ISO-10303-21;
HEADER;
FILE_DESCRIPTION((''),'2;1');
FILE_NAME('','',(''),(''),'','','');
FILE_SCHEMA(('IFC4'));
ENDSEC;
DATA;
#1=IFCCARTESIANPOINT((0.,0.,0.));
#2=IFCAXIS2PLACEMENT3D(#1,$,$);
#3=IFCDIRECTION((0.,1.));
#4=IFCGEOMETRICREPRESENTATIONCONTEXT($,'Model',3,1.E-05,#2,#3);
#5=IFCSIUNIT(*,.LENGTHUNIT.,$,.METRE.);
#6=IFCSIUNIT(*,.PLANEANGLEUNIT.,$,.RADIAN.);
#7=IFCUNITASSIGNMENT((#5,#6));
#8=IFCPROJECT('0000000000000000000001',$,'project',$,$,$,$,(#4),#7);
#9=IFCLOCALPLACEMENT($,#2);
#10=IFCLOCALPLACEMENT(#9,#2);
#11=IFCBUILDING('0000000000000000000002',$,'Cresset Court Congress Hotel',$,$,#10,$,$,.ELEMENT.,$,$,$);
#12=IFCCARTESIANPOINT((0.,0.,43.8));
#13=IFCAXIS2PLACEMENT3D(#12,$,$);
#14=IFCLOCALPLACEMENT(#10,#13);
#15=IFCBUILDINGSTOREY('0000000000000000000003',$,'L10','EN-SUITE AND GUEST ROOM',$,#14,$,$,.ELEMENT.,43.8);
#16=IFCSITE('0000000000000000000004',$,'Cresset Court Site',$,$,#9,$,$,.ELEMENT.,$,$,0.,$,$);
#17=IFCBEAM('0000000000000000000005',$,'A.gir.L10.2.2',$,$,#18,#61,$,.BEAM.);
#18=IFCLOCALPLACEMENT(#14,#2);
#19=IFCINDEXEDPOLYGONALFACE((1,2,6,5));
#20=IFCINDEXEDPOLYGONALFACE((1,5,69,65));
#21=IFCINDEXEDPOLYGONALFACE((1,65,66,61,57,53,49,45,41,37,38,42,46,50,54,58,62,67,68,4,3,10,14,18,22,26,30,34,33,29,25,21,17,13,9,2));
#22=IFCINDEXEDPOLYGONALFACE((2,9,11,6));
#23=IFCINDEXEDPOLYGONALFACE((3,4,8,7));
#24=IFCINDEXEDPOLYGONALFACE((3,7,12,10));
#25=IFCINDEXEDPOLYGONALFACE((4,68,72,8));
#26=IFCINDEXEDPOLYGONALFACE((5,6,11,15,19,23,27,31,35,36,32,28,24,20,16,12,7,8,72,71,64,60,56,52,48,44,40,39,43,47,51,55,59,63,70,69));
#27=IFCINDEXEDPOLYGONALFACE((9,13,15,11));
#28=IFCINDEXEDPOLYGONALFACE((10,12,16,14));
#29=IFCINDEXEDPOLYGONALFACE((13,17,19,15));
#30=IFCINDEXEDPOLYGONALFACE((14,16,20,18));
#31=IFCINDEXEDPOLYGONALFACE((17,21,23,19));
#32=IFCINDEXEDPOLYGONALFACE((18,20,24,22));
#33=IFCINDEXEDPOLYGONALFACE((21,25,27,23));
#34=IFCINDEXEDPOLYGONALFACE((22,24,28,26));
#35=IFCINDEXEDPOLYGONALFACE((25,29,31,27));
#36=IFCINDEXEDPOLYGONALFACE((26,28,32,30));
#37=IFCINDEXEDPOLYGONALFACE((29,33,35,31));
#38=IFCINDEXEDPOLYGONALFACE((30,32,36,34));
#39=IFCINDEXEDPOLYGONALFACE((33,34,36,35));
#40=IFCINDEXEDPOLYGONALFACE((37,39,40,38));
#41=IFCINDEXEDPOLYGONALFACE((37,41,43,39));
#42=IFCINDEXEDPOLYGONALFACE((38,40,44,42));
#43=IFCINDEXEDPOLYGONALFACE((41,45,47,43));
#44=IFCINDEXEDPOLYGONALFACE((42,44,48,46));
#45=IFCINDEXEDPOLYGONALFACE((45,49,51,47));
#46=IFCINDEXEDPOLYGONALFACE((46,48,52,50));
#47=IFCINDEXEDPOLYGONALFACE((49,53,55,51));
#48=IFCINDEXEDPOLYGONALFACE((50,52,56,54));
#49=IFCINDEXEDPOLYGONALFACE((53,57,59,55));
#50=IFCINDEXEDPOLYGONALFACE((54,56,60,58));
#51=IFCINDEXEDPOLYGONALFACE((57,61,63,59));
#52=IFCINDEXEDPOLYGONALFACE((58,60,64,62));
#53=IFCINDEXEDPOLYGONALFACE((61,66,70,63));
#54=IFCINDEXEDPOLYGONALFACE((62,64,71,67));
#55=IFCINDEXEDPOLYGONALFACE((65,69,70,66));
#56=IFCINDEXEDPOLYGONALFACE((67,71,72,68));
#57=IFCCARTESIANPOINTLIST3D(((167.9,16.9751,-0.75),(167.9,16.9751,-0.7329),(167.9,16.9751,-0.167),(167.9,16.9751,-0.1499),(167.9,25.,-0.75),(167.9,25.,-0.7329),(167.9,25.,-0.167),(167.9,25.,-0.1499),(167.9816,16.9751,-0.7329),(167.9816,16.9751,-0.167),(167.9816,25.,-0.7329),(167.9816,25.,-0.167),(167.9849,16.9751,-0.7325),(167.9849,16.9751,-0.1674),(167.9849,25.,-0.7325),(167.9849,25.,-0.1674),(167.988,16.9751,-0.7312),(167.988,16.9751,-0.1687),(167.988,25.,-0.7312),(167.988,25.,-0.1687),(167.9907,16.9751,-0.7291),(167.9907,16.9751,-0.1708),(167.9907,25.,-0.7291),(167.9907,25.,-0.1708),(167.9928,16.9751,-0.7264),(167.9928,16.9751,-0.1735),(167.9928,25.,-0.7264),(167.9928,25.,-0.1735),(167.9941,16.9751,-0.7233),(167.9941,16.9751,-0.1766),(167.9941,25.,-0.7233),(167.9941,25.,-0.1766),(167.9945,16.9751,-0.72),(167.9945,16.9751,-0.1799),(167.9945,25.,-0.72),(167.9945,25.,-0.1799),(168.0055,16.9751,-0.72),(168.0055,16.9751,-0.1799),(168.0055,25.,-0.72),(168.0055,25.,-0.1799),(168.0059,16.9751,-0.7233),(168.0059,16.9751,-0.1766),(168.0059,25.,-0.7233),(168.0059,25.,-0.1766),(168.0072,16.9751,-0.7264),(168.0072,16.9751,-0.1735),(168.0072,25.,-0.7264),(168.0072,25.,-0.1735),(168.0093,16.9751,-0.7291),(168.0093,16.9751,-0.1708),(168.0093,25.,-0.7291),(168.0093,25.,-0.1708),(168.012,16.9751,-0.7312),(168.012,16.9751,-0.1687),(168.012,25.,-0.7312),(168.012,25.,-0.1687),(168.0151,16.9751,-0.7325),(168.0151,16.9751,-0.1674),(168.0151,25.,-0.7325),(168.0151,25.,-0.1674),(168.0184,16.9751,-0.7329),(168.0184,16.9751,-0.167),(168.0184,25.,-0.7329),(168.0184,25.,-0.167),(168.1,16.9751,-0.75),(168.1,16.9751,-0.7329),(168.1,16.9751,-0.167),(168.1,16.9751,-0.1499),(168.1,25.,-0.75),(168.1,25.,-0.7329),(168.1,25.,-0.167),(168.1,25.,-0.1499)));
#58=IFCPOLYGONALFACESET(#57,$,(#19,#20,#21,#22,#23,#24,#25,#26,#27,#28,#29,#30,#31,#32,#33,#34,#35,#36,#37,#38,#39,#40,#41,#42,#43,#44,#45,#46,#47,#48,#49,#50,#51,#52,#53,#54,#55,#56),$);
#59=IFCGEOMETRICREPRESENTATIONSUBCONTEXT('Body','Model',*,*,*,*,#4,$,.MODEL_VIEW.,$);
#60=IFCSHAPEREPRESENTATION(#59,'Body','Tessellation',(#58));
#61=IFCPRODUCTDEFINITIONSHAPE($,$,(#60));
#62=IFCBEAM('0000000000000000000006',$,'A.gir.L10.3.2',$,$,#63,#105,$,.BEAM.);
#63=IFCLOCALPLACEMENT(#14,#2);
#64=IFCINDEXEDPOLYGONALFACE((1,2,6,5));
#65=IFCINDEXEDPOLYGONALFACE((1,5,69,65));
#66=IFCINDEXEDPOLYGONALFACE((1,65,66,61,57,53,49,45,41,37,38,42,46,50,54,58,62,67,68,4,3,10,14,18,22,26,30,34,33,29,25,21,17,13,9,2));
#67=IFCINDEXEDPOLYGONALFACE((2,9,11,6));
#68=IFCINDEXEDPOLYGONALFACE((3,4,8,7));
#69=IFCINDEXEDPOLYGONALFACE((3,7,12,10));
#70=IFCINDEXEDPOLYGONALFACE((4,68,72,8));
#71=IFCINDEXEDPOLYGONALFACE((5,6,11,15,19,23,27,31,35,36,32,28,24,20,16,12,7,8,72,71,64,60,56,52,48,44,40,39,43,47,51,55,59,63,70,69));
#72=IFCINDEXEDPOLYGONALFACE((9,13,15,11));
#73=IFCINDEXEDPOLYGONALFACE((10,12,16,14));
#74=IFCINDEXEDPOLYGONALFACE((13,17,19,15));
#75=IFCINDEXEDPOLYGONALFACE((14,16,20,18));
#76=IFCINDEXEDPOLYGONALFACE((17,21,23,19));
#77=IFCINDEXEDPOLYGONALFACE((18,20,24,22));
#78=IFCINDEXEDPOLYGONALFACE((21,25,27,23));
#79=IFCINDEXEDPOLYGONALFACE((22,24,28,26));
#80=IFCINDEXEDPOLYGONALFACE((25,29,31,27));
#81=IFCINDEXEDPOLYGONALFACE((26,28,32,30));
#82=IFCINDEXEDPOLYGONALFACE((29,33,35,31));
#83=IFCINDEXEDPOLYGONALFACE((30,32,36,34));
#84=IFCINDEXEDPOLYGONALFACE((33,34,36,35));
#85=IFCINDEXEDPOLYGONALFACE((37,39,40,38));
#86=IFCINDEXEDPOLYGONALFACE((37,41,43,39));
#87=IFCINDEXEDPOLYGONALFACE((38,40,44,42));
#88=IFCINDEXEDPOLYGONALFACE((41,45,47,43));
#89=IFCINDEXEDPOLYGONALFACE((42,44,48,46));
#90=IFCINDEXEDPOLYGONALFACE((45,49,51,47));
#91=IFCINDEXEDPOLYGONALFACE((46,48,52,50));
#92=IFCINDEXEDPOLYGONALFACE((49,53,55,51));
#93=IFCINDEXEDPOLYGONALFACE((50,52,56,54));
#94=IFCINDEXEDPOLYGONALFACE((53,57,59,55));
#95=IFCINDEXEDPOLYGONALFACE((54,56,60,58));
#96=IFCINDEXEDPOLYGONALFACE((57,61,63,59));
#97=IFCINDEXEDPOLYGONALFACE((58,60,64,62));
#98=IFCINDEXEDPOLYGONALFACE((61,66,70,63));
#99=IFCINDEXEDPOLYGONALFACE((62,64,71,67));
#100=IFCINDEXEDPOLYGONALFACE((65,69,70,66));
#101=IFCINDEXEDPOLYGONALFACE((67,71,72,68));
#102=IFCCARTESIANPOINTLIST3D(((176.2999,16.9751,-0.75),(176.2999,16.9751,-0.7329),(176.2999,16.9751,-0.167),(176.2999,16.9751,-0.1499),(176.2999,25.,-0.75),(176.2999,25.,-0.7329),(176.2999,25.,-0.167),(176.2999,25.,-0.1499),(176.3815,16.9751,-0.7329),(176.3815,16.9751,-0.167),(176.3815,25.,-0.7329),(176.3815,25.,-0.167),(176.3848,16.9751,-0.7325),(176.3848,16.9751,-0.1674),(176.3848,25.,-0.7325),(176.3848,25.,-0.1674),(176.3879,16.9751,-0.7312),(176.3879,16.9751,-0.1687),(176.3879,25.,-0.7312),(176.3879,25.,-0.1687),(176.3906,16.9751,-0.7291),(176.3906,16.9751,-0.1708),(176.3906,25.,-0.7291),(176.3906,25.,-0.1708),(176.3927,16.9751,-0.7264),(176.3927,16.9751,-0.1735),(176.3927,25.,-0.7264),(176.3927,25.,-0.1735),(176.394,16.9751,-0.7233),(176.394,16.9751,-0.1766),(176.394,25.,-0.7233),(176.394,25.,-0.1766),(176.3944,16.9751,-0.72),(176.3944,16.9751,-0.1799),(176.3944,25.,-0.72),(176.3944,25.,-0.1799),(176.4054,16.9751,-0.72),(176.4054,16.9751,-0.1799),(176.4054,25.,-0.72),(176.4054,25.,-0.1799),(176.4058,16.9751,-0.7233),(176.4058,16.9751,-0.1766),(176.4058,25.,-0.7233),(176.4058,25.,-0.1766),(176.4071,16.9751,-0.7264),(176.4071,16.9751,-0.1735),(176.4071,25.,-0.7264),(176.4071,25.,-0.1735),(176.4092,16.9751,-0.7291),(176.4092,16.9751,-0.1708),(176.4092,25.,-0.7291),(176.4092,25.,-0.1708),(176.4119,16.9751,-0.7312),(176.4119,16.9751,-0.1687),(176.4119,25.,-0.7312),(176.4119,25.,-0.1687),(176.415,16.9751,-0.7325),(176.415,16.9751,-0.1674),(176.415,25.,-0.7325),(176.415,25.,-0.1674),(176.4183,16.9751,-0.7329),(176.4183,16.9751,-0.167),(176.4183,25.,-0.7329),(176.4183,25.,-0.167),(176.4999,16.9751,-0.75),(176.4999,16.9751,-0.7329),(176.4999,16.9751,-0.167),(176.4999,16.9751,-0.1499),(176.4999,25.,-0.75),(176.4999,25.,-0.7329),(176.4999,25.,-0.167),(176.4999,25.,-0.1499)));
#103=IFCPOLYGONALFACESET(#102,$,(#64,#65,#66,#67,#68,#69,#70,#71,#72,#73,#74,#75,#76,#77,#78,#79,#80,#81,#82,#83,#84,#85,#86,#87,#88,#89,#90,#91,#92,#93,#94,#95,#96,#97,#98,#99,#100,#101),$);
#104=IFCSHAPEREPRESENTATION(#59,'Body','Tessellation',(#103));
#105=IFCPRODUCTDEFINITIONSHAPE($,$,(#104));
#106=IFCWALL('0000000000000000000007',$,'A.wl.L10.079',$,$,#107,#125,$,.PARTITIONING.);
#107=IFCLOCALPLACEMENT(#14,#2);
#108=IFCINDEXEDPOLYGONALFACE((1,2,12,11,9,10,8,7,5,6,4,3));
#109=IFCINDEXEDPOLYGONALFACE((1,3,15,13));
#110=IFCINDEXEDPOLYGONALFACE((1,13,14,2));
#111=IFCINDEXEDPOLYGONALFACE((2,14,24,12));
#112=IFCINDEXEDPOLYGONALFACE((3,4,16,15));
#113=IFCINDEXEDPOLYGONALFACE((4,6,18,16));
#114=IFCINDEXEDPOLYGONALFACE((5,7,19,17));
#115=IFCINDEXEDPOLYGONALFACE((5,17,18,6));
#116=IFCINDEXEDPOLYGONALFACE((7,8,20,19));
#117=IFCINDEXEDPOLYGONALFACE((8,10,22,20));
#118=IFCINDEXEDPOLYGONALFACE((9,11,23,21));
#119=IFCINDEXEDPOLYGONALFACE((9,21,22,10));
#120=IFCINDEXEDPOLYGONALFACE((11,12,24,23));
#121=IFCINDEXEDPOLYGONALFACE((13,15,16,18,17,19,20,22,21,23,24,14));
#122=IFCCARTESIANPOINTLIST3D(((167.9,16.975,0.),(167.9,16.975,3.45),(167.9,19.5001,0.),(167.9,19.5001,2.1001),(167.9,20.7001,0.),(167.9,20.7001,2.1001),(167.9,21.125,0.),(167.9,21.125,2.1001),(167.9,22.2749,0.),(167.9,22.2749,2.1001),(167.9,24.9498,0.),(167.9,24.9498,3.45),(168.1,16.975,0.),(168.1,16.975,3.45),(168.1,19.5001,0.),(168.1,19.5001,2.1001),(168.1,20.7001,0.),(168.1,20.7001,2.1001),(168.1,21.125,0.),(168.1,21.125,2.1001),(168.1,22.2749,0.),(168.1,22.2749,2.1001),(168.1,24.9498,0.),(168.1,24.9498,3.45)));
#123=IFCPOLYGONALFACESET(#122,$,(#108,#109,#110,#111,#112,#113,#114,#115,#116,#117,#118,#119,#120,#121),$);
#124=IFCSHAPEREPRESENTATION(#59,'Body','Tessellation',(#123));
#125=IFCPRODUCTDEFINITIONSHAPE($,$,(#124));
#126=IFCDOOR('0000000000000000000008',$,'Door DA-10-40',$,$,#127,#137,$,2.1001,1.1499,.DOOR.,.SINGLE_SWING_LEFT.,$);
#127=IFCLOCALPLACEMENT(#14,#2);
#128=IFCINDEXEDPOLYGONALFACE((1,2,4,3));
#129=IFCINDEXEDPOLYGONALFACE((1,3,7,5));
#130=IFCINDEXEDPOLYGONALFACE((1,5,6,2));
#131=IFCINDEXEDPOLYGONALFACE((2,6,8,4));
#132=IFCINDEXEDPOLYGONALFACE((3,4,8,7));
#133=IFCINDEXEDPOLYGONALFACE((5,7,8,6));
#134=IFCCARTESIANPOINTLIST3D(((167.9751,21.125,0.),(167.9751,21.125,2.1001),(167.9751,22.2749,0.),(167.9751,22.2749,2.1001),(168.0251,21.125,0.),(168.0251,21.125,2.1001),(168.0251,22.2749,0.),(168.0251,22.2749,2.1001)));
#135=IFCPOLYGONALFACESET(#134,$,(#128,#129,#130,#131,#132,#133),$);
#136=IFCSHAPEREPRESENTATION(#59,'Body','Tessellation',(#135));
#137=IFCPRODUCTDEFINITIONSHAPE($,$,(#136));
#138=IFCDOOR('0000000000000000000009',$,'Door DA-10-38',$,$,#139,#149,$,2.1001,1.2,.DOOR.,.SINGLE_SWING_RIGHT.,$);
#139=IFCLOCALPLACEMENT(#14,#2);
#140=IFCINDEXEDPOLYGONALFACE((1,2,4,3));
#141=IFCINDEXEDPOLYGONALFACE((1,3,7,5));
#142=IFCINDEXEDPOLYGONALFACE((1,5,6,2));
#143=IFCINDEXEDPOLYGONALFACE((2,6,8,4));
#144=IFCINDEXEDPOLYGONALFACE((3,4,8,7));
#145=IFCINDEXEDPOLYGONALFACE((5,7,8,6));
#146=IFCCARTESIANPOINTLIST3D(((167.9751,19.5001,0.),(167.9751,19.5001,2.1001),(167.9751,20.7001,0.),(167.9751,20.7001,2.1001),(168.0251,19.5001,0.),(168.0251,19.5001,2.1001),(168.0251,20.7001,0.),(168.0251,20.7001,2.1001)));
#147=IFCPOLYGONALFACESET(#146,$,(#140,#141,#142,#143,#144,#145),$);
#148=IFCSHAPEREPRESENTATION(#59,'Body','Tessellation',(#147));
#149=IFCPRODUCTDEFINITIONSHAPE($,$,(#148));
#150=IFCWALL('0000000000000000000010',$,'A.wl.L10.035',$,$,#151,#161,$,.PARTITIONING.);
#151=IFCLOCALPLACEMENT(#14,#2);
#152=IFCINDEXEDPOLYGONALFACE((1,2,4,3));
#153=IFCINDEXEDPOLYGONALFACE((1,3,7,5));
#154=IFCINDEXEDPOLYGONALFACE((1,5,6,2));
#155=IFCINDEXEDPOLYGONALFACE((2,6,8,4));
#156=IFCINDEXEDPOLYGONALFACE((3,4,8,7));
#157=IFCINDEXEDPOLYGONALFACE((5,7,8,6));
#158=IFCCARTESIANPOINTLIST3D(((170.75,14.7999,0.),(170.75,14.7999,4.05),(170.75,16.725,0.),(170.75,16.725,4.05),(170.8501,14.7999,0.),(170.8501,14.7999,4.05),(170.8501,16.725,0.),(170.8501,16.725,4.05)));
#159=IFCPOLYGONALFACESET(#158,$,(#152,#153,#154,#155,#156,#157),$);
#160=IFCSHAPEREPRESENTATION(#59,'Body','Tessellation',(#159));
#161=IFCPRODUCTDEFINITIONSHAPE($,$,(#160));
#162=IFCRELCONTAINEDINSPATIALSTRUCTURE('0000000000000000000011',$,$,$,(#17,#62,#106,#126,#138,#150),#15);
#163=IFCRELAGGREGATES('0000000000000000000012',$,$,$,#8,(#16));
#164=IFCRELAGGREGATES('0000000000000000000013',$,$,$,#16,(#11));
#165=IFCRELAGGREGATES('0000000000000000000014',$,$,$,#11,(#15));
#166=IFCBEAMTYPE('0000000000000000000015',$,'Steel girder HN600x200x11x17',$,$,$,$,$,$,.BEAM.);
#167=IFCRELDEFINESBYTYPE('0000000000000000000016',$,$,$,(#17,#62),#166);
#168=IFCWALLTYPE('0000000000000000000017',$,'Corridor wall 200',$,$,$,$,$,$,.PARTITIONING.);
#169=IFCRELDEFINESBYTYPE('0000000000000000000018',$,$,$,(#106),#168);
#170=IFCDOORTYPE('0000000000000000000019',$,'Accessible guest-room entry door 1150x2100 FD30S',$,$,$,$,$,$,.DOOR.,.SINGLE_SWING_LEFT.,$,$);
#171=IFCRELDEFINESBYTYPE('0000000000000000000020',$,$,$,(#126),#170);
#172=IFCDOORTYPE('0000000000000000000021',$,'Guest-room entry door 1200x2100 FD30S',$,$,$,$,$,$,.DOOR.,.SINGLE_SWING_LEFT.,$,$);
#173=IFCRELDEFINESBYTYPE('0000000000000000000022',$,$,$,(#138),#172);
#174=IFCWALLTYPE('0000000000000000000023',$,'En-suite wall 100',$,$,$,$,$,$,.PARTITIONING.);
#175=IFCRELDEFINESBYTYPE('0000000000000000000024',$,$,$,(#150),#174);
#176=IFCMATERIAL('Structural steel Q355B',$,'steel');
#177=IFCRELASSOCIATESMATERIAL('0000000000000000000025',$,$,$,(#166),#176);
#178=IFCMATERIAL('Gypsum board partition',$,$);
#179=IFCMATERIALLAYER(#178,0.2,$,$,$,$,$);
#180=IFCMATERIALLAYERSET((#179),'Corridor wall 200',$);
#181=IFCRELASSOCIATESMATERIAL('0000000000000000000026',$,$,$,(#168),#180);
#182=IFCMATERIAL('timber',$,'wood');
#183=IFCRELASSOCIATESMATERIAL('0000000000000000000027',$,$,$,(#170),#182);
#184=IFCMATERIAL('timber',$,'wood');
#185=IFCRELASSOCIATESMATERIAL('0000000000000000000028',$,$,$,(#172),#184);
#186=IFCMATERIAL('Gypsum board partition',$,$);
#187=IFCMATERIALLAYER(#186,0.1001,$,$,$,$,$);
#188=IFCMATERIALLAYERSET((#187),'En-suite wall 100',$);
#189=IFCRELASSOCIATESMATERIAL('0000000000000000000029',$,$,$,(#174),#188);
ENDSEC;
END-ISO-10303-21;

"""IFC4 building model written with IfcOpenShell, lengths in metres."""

from ifc_helpers import new_model, si_unit, direction, frame, frame_2d, origin, origin_2d, place, context, subcontext, project, spatial, rectangle, i_section, extrude, material, layer, layer_set, material_profile, profile_set, type_object, element, fill, save


model = new_model("IFC4")

# Units and contexts
model_context = context("Model", 3, precision=1e-05, world=origin(), true_north=direction((0.0, 1.0)))
body_context = subcontext(model_context, "Body", "Model", "MODEL_VIEW")
ifc_project = project(units=[si_unit("LENGTHUNIT", "METRE"), si_unit("PLANEANGLEUNIT", "RADIAN")], contexts=[model_context])

# Site, building, storey
site_placement = place(None, origin())
site = spatial("IfcSite", under=ifc_project, at=site_placement, Name="Cresset Court Site", CompositionType="ELEMENT", RefElevation=0.0)
building_placement = place(site_placement, origin())
building = spatial("IfcBuilding", under=site, at=building_placement, Name="Cresset Court Congress Hotel", CompositionType="ELEMENT")
storey_placement = place(building_placement, frame((0.0, 0.0, 43.8)))
storey = spatial("IfcBuildingStorey", under=building, at=storey_placement, Name="L10", Description="EN-SUITE AND GUEST ROOM", CompositionType="ELEMENT", Elevation=43.8)

# Beams
ifc_material_1 = material(Name="Structural steel Q355B", Category="steel")
ifc_material_profile_1 = material_profile(ifc_material_1, i_section(OverallWidth=0.2, OverallDepth=0.6001, WebThickness=0.011, FlangeThickness=0.0171, FilletRadius=0.0129, at=origin_2d()), Name="HN600x200x11x17")
ifc_profile_set_1 = profile_set([ifc_material_profile_1], Name="Structural steel Q355B")
beam_type_1 = type_object("IfcBeamType", Name="Steel girder HN600x200x11x17", PredefinedType="BEAM", material=ifc_profile_set_1)
for number, where, z_axis, x_axis, name in (
    (1, (168.0, 16.9751, -0.45), (0.0, 1.0, 0.0), (-1.0, 0.0, 0.0), "A.gir.L10.2.2"),
    (2, (176.3999, 16.9751, -0.45), (0.0, 1.0, 0.0), (-1.0, 0.0, 0.0), "A.gir.L10.3.2"),
):
    element("IfcBeam", number, at=place(storey_placement, frame(where, z_axis=z_axis, x_axis=x_axis)), inside=storey, type_object=beam_type_1, Name=name, PredefinedType="BEAM", context=body_context, shape_type="SweptSolid", body=[
        extrude(i_section(OverallWidth=0.2, OverallDepth=0.6001, WebThickness=0.011, FlangeThickness=0.0171, FilletRadius=0.0129, at=origin_2d()), origin(), (0.0, 0.0, 1.0), 8.0249),
    ])

# Wall, openings, doors
ifc_material_2 = material(Name="Gypsum board partition")
ifc_layer_1 = layer(ifc_material_2, 0.2)
ifc_layer_set_1 = layer_set([ifc_layer_1], Name="Corridor wall 200")
wall_type_1 = type_object("IfcWallType", Name="Corridor wall 200", PredefinedType="PARTITIONING", material=ifc_layer_set_1)
wall_1_placement = place(storey_placement, frame((168.0, 16.9751, 0.0), z_axis=(0.0, 0.0, 1.0), x_axis=(0.0, 1.0, 0.0)))
wall_1 = element("IfcWall", 3, at=wall_1_placement, inside=storey, type_object=wall_type_1, Name="A.wl.L10.079", PredefinedType="PARTITIONING", context=body_context, shape_type="SweptSolid", body=[
    extrude(rectangle(XDim=7.9749, YDim=0.2, at=frame_2d((3.9873, 0.0))), origin(), (0.0, 0.0, 1.0), 3.45),
])
opening_1_placement = place(wall_1_placement, frame((2.5249, 0.0, 0.0)))
opening_1 = element("IfcOpeningElement", 4, at=opening_1_placement, cuts=wall_1, PredefinedType="OPENING", context=body_context, shape_type="SweptSolid", body=[
    extrude(rectangle(XDim=1.2, YDim=2.1001, at=frame_2d((0.6001, 1.05))), frame((0.0, 0.1099, 0.0), z_axis=(0.0, -1.0, 0.0), x_axis=(1.0, 0.0, 0.0)), (0.0, 0.0, 1.0), 0.22),
])
opening_2_placement = place(wall_1_placement, frame((4.1499, 0.0, 0.0)))
opening_2 = element("IfcOpeningElement", 5, at=opening_2_placement, cuts=wall_1, PredefinedType="OPENING", context=body_context, shape_type="SweptSolid", body=[
    extrude(rectangle(XDim=1.1499, YDim=2.1001, at=frame_2d((0.575, 1.05))), frame((0.0, 0.1099, 0.0), z_axis=(0.0, -1.0, 0.0), x_axis=(1.0, 0.0, 0.0)), (0.0, 0.0, 1.0), 0.22),
])
ifc_material_3 = material(Name="timber", Category="wood")
door_type_1 = type_object("IfcDoorType", Name="Accessible guest-room entry door 1150x2100 FD30S", OperationType="SINGLE_SWING_LEFT", PredefinedType="DOOR", material=ifc_material_3)
door_1_placement = place(opening_2_placement, origin())
door_1 = element("IfcDoor", 6, at=door_1_placement, inside=storey, type_object=door_type_1, Name="Door DA-10-40", OperationType="SINGLE_SWING_LEFT", OverallHeight=2.1001, OverallWidth=1.1499, PredefinedType="DOOR", context=body_context, shape_type="SweptSolid", body=[
    extrude(rectangle(XDim=1.1499, YDim=2.1001, at=frame_2d((0.575, 1.05))), frame((0.0, 0.0249, 0.0), z_axis=(0.0, -1.0, 0.0), x_axis=(1.0, 0.0, 0.0)), (0.0, 0.0, 1.0), 0.05),
])
fill(opening_2, door_1)
ifc_material_4 = material(Name="timber", Category="wood")
door_type_2 = type_object("IfcDoorType", Name="Guest-room entry door 1200x2100 FD30S", OperationType="SINGLE_SWING_LEFT", PredefinedType="DOOR", material=ifc_material_4)
door_2_placement = place(opening_1_placement, origin())
door_2 = element("IfcDoor", 7, at=door_2_placement, inside=storey, type_object=door_type_2, Name="Door DA-10-38", OperationType="SINGLE_SWING_RIGHT", OverallHeight=2.1001, OverallWidth=1.2, PredefinedType="DOOR", context=body_context, shape_type="SweptSolid", body=[
    extrude(rectangle(XDim=1.2, YDim=2.1001, at=frame_2d((0.6001, 1.05))), frame((0.0, 0.0249, 0.0), z_axis=(0.0, -1.0, 0.0), x_axis=(1.0, 0.0, 0.0)), (0.0, 0.0, 1.0), 0.05),
])
fill(opening_1, door_2)

# Wall
ifc_material_5 = material(Name="Gypsum board partition")
ifc_layer_2 = layer(ifc_material_5, 0.1001)
ifc_layer_set_2 = layer_set([ifc_layer_2], Name="En-suite wall 100")
wall_type_2 = type_object("IfcWallType", Name="En-suite wall 100", PredefinedType="PARTITIONING", material=ifc_layer_set_2)
wall_2_placement = place(storey_placement, frame((170.8, 14.8, 0.0), z_axis=(0.0, 0.0, 1.0), x_axis=(0.0, 1.0, 0.0)))
element("IfcWall", 8, at=wall_2_placement, inside=storey, type_object=wall_type_2, Name="A.wl.L10.035", PredefinedType="PARTITIONING", context=body_context, shape_type="SweptSolid", body=[
    extrude(rectangle(XDim=1.925, YDim=0.1001, at=frame_2d((0.9624, 0.0))), origin(), (0.0, 0.0, 1.0), 4.05),
])

save(model, "model.ifc")
